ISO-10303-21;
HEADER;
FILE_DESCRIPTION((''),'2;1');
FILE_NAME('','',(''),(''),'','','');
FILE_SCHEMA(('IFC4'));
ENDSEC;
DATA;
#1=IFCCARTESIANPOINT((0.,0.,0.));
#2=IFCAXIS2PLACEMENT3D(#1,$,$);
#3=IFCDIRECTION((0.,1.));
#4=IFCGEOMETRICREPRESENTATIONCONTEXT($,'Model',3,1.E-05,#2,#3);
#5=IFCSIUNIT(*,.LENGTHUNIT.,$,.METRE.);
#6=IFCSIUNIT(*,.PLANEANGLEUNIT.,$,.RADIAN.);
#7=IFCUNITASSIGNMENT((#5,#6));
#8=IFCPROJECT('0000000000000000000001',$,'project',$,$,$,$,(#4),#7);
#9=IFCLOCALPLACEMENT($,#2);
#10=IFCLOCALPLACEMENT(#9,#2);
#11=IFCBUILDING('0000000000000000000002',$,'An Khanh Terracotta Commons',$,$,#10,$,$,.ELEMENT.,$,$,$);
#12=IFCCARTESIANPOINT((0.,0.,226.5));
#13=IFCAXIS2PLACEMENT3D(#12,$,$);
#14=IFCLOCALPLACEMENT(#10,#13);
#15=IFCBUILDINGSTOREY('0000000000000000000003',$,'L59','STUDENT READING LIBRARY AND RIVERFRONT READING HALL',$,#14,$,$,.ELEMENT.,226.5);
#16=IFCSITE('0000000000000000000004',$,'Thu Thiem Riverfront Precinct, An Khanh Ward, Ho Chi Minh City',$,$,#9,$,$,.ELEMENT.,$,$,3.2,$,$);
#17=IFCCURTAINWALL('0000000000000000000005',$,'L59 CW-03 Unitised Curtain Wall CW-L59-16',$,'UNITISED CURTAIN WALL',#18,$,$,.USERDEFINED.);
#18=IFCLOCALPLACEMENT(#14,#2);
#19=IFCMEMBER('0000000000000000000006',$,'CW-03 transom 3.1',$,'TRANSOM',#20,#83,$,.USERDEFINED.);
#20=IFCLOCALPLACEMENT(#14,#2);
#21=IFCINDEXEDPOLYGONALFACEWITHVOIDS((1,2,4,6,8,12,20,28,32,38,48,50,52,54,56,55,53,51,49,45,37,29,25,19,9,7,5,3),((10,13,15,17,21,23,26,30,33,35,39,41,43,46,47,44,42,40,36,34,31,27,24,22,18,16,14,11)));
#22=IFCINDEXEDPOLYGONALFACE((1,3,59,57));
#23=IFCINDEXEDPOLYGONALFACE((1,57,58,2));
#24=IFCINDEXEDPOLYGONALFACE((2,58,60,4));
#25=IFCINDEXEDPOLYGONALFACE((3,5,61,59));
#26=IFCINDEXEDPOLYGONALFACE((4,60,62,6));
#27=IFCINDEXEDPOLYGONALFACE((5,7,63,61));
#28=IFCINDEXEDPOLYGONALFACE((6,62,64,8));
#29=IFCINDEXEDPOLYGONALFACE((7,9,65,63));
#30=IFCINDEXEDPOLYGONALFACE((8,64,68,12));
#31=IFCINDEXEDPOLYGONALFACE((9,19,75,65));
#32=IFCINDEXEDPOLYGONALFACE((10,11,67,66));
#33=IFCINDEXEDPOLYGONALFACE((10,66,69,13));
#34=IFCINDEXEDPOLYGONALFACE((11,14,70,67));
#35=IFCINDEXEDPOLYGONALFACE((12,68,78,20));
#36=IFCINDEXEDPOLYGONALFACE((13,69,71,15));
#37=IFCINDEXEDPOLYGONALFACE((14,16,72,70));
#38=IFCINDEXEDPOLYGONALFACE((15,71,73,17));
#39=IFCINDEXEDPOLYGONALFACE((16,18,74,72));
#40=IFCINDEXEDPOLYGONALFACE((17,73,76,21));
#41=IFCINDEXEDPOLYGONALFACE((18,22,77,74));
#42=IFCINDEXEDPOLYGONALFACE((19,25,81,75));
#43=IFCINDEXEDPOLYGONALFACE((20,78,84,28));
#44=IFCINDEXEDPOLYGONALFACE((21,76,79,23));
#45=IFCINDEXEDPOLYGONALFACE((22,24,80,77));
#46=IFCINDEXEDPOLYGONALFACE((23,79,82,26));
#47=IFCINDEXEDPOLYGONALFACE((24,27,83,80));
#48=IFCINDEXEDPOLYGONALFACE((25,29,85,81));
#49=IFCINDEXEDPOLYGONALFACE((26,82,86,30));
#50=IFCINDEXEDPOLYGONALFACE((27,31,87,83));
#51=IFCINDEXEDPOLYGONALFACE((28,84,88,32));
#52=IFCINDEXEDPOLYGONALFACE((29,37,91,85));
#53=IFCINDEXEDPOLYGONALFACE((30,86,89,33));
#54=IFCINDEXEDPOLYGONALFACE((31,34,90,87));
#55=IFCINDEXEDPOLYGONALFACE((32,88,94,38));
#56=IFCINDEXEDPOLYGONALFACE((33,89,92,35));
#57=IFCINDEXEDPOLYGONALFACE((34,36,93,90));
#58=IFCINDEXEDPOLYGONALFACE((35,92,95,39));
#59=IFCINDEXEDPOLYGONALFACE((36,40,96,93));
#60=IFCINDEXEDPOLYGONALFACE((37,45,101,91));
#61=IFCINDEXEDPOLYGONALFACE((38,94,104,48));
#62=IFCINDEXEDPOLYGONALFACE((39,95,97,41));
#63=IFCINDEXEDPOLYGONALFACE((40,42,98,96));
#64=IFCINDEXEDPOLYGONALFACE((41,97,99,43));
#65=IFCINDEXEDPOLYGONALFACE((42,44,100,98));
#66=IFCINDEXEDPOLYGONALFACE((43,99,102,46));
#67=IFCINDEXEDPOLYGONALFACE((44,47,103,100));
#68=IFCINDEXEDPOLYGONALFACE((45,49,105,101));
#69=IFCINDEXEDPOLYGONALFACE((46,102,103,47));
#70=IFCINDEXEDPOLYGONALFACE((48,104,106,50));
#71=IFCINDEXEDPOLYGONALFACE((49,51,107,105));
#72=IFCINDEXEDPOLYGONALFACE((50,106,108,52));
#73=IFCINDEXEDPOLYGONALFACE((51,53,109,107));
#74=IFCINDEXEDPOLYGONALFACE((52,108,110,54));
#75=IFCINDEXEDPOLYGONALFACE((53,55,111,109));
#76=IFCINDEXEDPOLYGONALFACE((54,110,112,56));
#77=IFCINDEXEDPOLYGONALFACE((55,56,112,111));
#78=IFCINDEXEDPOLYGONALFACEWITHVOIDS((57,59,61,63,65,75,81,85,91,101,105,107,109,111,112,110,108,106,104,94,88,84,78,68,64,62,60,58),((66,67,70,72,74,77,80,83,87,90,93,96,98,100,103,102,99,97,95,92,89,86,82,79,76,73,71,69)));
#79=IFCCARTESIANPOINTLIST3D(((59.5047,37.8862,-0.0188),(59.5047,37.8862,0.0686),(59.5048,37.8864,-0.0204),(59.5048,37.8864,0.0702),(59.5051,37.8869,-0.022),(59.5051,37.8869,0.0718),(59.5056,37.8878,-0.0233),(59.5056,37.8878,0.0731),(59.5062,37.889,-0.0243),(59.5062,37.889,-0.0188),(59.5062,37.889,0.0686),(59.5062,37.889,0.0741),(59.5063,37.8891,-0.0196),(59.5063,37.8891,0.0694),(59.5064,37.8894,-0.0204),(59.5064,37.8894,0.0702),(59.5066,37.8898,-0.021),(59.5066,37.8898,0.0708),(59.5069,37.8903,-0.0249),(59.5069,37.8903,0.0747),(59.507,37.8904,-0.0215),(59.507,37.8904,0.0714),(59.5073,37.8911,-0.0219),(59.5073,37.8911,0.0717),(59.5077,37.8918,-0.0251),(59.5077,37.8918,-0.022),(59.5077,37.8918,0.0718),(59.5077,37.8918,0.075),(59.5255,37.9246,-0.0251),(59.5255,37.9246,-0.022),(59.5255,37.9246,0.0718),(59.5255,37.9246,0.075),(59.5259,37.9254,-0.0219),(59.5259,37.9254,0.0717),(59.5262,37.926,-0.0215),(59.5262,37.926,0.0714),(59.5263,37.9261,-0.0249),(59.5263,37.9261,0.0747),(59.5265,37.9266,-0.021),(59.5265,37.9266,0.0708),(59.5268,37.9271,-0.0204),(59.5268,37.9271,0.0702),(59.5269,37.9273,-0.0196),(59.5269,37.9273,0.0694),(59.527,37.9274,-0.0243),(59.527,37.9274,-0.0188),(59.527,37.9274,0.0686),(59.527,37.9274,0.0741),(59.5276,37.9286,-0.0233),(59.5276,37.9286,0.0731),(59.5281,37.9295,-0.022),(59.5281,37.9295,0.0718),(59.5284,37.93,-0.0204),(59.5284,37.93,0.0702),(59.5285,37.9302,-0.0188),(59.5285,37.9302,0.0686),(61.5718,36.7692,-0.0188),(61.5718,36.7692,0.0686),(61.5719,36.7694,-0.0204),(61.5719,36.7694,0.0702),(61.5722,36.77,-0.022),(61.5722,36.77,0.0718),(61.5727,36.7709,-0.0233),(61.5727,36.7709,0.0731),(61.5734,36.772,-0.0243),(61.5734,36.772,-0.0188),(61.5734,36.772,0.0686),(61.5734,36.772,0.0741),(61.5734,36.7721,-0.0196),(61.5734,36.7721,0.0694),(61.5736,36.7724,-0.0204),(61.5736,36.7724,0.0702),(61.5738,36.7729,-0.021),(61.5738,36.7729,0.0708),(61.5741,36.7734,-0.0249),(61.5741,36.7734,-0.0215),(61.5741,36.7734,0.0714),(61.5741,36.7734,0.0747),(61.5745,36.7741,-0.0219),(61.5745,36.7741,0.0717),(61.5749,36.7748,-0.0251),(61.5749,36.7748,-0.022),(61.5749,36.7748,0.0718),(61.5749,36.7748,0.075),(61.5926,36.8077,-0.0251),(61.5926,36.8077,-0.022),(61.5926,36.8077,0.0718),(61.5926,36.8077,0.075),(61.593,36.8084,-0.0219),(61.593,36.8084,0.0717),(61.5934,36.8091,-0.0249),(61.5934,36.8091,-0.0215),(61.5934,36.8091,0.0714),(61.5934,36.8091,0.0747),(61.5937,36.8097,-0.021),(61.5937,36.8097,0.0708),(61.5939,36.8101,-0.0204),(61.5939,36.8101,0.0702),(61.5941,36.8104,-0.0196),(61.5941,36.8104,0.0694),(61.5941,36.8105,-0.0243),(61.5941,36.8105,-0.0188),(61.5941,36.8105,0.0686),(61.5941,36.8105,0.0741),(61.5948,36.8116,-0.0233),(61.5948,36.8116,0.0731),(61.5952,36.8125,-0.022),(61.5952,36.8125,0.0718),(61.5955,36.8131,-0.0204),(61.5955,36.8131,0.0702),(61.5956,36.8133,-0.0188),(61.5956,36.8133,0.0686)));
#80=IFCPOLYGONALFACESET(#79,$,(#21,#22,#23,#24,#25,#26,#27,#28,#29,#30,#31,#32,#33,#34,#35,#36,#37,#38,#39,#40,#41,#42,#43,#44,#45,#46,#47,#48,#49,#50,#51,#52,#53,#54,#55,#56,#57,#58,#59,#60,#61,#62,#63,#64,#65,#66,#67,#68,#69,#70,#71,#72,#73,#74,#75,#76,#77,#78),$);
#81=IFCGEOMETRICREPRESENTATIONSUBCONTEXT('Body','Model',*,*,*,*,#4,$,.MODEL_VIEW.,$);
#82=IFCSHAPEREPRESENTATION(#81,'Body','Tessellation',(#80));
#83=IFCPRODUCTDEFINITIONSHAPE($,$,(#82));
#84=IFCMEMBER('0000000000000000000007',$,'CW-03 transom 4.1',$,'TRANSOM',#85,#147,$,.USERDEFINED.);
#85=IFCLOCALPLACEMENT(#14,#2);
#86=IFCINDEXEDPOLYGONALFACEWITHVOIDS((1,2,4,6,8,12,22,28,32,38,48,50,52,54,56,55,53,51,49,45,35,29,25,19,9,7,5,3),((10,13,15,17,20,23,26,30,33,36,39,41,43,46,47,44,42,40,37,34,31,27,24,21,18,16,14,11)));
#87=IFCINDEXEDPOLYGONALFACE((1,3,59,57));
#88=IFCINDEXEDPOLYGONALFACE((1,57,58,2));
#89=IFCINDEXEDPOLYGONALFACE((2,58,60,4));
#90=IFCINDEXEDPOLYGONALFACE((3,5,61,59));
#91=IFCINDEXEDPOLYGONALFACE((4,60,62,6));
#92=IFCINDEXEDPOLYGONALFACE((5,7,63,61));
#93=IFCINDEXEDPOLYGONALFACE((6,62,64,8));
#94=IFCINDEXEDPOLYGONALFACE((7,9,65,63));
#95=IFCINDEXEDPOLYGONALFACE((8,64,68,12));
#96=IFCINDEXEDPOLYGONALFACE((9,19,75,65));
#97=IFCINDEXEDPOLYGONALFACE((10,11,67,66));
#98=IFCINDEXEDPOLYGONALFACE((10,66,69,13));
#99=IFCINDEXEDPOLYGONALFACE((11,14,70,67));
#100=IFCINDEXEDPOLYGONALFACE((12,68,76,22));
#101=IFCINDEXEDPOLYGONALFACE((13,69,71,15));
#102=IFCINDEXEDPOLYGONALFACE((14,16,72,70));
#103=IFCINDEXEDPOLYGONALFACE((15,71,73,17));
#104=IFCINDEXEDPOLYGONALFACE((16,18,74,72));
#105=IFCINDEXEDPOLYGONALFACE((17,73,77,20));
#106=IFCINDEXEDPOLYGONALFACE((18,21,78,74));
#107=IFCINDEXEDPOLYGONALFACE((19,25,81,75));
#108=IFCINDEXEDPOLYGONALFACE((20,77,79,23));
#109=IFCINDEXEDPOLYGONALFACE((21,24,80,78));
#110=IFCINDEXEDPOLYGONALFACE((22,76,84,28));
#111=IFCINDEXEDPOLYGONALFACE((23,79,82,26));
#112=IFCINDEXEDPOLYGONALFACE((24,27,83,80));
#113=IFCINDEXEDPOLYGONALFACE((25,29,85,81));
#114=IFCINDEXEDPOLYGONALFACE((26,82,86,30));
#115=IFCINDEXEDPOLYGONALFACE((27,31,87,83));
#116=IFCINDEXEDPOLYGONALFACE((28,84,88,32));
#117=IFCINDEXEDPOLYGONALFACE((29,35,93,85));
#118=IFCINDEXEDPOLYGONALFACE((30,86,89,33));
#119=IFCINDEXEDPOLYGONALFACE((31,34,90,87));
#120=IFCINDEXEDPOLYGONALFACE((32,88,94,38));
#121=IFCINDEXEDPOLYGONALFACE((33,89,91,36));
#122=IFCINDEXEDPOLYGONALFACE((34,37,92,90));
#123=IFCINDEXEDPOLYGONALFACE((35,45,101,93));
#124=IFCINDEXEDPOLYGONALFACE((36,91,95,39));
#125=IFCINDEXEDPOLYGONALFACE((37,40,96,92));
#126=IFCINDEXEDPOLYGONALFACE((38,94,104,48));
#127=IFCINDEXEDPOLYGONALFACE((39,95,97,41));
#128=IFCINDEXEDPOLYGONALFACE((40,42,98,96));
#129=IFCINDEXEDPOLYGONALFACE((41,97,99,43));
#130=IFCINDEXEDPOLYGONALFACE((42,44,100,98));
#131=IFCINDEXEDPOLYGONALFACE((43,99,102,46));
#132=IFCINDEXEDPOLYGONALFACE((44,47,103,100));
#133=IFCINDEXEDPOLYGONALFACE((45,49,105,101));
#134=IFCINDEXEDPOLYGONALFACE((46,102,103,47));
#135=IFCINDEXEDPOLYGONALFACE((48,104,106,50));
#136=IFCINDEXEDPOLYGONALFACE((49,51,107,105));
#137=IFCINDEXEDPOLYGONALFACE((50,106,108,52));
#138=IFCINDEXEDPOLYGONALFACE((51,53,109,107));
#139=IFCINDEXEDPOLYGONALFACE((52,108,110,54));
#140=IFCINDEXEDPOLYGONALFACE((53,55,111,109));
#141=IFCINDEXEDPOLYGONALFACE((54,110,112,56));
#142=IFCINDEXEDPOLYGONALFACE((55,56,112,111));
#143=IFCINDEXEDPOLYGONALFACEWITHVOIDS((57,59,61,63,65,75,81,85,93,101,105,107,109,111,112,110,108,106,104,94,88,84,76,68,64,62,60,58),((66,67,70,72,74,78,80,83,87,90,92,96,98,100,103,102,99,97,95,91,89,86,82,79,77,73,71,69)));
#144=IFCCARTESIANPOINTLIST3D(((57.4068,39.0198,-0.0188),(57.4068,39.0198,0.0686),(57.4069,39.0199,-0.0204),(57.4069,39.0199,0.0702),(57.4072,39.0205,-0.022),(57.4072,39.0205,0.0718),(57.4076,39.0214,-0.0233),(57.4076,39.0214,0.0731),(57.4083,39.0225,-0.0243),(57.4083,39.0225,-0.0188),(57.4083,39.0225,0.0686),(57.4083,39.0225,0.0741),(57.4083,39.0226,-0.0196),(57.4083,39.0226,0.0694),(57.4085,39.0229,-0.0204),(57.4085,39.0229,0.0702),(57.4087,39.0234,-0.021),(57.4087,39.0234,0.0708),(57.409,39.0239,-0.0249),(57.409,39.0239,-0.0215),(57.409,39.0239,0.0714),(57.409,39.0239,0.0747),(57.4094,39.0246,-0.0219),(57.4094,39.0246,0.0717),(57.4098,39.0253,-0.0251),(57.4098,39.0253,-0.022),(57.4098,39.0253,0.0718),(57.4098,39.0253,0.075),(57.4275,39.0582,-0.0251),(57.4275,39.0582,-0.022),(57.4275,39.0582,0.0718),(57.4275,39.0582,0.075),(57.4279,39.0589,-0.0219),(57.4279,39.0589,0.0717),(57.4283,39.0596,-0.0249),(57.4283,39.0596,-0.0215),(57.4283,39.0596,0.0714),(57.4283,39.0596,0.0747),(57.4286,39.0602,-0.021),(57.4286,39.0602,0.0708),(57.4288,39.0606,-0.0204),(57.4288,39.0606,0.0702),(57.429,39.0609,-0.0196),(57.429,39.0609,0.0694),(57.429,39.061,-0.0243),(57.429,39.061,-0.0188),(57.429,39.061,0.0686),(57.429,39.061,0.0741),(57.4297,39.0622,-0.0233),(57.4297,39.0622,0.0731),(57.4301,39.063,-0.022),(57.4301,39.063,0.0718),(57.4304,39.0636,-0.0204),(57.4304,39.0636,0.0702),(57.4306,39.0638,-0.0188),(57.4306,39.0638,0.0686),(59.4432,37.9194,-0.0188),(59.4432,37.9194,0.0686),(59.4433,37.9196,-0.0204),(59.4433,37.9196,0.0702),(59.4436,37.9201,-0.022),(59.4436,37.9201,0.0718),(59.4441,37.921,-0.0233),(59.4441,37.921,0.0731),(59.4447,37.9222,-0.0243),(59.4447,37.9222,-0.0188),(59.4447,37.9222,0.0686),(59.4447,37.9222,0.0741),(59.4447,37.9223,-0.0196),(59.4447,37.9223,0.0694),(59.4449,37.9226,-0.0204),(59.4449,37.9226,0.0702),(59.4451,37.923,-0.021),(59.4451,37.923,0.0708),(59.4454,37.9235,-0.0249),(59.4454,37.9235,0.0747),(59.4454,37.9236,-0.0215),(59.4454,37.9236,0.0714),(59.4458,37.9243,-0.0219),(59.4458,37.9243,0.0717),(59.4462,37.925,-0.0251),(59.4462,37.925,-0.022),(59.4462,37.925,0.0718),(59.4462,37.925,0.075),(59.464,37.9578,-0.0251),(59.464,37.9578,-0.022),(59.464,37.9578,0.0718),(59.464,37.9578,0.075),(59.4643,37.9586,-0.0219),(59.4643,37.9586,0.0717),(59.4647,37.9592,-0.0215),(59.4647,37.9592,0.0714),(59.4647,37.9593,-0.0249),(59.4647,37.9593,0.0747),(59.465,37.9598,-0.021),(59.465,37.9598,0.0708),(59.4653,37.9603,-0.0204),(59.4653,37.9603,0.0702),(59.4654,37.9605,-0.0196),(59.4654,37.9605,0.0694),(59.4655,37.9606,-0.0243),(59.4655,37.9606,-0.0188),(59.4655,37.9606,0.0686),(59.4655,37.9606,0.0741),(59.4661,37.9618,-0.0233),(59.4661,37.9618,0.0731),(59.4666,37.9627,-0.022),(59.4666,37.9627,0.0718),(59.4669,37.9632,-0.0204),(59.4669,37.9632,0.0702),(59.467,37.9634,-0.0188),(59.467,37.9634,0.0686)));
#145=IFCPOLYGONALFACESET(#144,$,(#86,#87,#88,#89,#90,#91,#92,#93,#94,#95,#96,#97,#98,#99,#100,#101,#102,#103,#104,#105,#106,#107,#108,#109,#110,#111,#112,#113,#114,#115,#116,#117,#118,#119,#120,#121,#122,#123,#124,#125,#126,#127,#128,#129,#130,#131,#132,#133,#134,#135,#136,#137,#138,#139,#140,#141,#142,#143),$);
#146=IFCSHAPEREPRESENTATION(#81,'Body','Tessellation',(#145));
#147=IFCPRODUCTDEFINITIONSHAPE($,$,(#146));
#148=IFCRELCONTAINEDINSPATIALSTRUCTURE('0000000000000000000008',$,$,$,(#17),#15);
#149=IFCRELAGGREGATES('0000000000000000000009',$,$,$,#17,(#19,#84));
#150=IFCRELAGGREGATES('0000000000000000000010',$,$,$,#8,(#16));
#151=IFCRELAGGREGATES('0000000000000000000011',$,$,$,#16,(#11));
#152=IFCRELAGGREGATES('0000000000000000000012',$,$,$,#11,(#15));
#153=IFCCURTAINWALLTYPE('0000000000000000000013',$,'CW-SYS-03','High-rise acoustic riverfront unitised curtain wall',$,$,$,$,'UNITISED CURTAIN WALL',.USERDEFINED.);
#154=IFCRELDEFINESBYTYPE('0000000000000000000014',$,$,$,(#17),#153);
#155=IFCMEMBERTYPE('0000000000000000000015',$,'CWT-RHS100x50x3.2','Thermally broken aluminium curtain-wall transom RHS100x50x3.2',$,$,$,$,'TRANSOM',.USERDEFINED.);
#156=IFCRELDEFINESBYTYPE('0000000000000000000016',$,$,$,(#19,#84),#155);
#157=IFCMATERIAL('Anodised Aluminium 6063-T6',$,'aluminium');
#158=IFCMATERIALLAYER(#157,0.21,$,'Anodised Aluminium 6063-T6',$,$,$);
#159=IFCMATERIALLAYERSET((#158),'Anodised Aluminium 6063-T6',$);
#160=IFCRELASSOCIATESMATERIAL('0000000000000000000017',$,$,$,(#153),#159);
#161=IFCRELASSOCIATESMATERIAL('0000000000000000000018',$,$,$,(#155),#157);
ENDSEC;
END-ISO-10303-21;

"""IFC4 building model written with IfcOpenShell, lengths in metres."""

from ifc_helpers import new_model, si_unit, direction, frame, origin, origin_2d, place, context, subcontext, project, spatial, hollow_rectangle, extrude, material, layer, layer_set, material_profile, profile_set, type_object, element, aggregate, save


model = new_model("IFC4")

# Units and contexts
model_context = context("Model", 3, precision=1e-05, world=origin(), true_north=direction((0.0, 1.0)))
body_context = subcontext(model_context, "Body", "Model", "MODEL_VIEW")
ifc_project = project(units=[si_unit("LENGTHUNIT", "METRE"), si_unit("PLANEANGLEUNIT", "RADIAN")], contexts=[model_context])

# Site, building, storey
site_placement = place(None, origin())
site = spatial("IfcSite", under=ifc_project, at=site_placement, Name="Thu Thiem Riverfront Precinct, An Khanh Ward, Ho Chi Minh City", CompositionType="ELEMENT", RefElevation=3.2)
building_placement = place(site_placement, origin())
building = spatial("IfcBuilding", under=site, at=building_placement, Name="An Khanh Terracotta Commons", CompositionType="ELEMENT")
storey_placement = place(building_placement, frame((0.0, 0.0, 226.5)))
storey = spatial("IfcBuildingStorey", under=building, at=storey_placement, Name="L59", Description="STUDENT READING LIBRARY AND RIVERFRONT READING HALL", CompositionType="ELEMENT", Elevation=226.5)

# Curtain wall, members
ifc_material_1 = material(Name="Anodised Aluminium 6063-T6", Category="aluminium")
ifc_layer_1 = layer(ifc_material_1, 0.21, Name="Anodised Aluminium 6063-T6")
ifc_layer_set_1 = layer_set([ifc_layer_1], Name="Anodised Aluminium 6063-T6")
curtain_wall_type = type_object("IfcCurtainWallType", Name="CW-SYS-03", Description="High-rise acoustic riverfront unitised curtain wall", ElementType="UNITISED CURTAIN WALL", PredefinedType="USERDEFINED", material=ifc_layer_set_1)
curtain_wall_placement = place(storey_placement, origin())
curtain_wall = element("IfcCurtainWall", 1, at=curtain_wall_placement, inside=storey, type_object=curtain_wall_type, Name="L59 CW-03 Unitised Curtain Wall CW-L59-16", ObjectType="UNITISED CURTAIN WALL", PredefinedType="USERDEFINED")
ifc_material_profile_1 = material_profile(ifc_material_1, hollow_rectangle(XDim=0.05, YDim=0.1001, WallThickness=0.0032, InnerFilletRadius=0.0032, OuterFilletRadius=0.0063, at=origin_2d()), Name="RHS100x50x3.2")
ifc_profile_set_1 = profile_set([ifc_material_profile_1], Name="Anodised Aluminium 6063-T6")
member_type_1 = type_object("IfcMemberType", Name="CWT-RHS100x50x3.2", Description="Thermally broken aluminium curtain-wall transom RHS100x50x3.2", ElementType="TRANSOM", PredefinedType="USERDEFINED", material=ifc_profile_set_1)
member_1_placement = place(storey_placement, frame((61.5837, 36.7913, 0.0249), z_axis=(-0.879783, 0.475376, 0.0), x_axis=(-0.475376, -0.879783, 0.0)))
member_1 = element("IfcMember", 2, at=member_1_placement, type_object=member_type_1, Name="CW-03 transom 3.1", ObjectType="TRANSOM", PredefinedType="USERDEFINED", context=body_context, shape_type="SweptSolid", body=[
    extrude(hollow_rectangle(XDim=0.05, YDim=0.1001, WallThickness=0.0032, InnerFilletRadius=0.0032, OuterFilletRadius=0.0063, at=origin_2d()), origin(), (0.0, 0.0, 1.0), 2.3496),
])
member_2_placement = place(storey_placement, frame((59.4551, 37.9414, 0.0249), z_axis=(-0.879779, 0.475382, 0.0), x_axis=(-0.475382, -0.879779, 0.0)))
member_2 = element("IfcMember", 3, at=member_2_placement, type_object=member_type_1, Name="CW-03 transom 4.1", ObjectType="TRANSOM", PredefinedType="USERDEFINED", context=body_context, shape_type="SweptSolid", body=[
    extrude(hollow_rectangle(XDim=0.05, YDim=0.1001, WallThickness=0.0032, InnerFilletRadius=0.0032, OuterFilletRadius=0.0063, at=origin_2d()), origin(), (0.0, 0.0, 1.0), 2.3147),
])
aggregate(curtain_wall, [member_1, member_2])

save(model, "model.ifc")
